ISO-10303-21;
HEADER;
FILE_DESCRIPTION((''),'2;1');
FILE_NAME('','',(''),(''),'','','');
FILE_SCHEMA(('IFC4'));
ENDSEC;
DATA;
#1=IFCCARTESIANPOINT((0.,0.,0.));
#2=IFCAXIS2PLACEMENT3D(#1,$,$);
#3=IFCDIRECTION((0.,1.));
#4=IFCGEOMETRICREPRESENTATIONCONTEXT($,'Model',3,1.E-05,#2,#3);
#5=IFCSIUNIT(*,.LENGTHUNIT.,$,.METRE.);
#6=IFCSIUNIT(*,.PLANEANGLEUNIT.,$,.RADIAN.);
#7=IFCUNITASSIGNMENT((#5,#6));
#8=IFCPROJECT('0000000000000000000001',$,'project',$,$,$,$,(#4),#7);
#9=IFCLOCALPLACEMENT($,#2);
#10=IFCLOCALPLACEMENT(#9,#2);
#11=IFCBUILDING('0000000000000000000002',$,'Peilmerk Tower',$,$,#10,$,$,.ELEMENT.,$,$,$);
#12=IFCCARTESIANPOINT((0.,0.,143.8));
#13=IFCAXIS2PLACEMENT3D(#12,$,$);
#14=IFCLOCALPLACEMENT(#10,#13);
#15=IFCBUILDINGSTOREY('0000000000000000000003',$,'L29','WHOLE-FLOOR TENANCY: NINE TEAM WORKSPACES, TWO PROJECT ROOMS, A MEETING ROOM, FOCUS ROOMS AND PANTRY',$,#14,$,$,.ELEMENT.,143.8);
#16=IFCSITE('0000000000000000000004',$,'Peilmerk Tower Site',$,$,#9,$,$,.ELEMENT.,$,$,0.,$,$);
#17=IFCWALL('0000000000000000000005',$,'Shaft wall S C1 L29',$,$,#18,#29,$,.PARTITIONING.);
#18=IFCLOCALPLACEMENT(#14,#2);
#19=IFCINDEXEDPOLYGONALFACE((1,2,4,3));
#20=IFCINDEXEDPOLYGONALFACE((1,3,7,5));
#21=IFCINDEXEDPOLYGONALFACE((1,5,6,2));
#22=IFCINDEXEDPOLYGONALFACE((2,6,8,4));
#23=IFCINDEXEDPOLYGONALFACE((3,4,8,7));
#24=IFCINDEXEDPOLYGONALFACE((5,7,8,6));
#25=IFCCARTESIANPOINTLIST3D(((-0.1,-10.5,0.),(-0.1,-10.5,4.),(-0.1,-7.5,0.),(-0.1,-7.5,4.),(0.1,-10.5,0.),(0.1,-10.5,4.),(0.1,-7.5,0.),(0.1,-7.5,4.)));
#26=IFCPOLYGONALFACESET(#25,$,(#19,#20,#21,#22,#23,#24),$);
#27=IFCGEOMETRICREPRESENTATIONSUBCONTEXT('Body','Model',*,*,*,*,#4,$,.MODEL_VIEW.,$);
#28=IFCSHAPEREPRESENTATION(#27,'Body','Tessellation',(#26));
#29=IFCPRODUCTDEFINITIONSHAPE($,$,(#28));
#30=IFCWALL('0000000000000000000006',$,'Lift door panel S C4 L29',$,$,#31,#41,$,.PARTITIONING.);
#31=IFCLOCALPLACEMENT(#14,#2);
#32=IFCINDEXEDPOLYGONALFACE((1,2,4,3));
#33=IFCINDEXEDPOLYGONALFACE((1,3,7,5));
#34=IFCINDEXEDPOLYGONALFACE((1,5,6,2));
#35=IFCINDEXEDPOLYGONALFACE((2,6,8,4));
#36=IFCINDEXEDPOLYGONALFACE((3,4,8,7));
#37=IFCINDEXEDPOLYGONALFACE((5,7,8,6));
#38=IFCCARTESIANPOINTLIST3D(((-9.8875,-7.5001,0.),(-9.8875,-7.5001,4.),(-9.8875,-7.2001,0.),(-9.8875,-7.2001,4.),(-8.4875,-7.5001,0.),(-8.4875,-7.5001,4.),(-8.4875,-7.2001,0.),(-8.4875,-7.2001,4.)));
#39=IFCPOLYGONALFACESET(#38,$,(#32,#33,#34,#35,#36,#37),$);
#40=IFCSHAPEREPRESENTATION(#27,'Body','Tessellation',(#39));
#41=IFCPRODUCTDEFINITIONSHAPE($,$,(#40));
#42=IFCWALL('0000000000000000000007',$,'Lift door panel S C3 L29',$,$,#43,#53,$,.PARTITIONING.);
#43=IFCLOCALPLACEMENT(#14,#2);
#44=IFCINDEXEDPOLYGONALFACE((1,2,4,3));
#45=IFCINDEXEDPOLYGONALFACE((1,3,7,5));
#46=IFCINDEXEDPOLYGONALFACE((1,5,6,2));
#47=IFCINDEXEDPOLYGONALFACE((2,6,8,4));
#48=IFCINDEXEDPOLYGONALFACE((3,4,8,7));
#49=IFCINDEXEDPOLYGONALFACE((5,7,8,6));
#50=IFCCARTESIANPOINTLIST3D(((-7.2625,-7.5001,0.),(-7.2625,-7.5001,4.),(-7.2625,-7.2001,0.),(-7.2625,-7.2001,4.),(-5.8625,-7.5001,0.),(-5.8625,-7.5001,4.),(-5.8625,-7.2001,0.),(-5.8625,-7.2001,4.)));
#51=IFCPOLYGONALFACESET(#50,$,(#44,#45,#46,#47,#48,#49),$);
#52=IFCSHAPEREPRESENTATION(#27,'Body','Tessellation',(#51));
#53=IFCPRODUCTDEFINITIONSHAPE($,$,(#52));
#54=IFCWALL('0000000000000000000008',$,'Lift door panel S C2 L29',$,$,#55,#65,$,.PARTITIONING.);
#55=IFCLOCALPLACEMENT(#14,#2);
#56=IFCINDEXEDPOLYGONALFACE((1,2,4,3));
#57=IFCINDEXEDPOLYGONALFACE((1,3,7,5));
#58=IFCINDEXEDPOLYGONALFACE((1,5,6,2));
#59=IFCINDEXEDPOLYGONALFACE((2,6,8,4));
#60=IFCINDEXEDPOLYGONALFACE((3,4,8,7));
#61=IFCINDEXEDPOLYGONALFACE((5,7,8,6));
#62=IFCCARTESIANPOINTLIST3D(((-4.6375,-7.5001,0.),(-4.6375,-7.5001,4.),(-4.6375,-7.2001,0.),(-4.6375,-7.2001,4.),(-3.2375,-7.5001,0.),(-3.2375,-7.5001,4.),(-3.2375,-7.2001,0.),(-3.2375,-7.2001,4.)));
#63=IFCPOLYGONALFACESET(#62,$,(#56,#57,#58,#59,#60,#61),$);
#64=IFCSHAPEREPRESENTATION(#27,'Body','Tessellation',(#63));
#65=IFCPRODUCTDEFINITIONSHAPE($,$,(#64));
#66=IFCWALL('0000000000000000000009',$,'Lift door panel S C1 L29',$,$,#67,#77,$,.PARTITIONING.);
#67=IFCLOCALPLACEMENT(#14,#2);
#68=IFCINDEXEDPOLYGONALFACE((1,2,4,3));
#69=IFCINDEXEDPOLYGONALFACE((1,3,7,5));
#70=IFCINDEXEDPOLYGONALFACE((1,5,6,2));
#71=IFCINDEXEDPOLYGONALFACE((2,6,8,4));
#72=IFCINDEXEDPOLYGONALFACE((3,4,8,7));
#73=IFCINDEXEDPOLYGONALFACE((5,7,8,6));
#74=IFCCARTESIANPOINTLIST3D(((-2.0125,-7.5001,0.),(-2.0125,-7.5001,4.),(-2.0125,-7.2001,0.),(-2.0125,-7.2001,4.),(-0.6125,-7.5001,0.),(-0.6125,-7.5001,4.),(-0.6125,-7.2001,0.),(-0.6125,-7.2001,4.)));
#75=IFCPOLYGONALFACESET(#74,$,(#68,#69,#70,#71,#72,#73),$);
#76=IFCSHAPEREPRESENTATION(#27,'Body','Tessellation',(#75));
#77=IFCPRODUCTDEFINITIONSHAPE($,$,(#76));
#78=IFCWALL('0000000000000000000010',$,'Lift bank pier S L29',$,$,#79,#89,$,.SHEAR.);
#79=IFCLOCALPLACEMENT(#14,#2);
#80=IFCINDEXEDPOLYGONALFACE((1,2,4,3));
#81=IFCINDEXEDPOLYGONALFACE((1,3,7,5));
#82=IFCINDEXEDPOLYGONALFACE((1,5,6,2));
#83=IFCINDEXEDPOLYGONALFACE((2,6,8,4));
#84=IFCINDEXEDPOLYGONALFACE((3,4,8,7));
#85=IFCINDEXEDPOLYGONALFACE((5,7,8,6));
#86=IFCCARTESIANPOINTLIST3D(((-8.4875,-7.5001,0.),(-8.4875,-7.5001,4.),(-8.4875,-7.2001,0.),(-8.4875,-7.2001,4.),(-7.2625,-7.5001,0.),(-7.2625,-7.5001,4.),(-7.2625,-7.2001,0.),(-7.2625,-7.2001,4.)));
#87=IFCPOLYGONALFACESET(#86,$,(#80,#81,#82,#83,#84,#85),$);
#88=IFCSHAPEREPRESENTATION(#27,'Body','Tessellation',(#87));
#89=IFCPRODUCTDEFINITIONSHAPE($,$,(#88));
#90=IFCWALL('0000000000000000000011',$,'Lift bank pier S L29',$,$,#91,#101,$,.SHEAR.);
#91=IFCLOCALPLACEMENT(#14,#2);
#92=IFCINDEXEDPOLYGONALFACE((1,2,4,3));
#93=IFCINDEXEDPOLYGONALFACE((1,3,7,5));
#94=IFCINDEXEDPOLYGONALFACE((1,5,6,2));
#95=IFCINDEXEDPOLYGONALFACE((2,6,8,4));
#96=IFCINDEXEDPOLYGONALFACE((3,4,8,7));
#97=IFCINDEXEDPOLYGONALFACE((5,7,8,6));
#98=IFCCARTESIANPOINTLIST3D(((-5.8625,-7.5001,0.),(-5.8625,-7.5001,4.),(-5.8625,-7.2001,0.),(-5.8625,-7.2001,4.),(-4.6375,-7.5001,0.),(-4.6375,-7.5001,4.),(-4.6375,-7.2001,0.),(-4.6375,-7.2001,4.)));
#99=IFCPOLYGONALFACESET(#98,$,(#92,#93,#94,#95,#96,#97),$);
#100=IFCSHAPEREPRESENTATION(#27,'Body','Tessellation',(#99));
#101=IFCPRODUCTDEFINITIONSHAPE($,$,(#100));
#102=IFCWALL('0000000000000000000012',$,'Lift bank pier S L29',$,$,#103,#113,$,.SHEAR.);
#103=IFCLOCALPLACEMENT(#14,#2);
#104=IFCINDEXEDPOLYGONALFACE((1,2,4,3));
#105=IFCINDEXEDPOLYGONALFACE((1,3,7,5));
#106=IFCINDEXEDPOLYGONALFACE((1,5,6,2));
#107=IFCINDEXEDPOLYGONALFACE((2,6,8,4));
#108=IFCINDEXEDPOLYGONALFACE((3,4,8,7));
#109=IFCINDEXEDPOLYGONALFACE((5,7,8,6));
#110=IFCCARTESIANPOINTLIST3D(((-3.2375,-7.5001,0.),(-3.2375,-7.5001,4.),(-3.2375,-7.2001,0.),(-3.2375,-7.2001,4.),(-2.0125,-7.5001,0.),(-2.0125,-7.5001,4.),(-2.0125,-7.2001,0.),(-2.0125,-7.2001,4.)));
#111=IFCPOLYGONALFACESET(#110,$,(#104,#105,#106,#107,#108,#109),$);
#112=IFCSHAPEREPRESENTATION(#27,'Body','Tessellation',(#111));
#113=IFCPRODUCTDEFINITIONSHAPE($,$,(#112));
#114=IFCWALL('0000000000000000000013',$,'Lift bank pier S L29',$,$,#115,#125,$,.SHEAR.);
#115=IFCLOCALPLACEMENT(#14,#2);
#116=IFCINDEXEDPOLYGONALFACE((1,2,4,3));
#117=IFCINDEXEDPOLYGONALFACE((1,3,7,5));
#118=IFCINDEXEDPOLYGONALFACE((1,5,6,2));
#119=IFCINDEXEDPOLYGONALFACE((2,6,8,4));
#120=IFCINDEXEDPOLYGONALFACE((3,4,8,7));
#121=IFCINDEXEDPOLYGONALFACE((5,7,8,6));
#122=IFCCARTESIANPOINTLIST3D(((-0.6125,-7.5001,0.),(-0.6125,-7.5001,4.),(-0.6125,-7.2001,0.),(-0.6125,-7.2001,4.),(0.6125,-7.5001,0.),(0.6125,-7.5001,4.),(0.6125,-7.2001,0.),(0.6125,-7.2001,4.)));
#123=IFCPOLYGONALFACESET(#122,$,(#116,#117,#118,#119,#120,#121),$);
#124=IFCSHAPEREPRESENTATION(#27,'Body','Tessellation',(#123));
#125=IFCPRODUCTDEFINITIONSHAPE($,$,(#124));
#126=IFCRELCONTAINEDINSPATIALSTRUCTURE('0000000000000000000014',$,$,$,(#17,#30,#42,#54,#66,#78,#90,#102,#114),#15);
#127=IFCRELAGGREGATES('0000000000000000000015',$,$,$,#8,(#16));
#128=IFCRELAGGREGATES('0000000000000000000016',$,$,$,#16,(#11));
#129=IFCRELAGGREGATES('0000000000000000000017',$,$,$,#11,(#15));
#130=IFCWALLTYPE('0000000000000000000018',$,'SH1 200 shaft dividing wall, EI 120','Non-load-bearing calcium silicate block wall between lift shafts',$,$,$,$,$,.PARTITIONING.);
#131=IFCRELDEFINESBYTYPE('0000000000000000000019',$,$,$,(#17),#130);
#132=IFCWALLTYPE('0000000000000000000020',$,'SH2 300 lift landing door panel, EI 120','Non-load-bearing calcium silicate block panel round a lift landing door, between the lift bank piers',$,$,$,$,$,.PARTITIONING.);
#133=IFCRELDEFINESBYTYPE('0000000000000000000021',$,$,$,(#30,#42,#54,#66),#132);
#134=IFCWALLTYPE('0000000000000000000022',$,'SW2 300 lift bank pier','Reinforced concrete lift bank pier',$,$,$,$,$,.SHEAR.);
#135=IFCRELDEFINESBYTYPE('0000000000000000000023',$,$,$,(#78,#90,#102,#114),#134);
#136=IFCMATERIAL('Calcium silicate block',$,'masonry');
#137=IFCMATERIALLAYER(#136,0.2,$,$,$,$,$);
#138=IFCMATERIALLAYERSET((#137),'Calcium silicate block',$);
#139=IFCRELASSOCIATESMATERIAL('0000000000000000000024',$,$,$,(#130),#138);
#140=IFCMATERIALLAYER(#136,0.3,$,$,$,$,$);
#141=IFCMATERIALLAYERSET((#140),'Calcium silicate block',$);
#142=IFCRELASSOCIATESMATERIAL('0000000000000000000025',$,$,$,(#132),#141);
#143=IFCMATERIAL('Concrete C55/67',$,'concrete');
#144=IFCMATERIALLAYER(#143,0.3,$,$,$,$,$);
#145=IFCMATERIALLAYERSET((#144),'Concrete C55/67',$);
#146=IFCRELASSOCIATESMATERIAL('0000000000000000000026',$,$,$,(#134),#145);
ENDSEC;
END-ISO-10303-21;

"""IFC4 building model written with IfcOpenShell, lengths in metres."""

from ifc_helpers import new_model, si_unit, direction, frame, frame_2d, origin, place, context, subcontext, project, spatial, rectangle, extrude, material, layer, layer_set, type_object, element, save


model = new_model("IFC4")

# Units and contexts
model_context = context("Model", 3, precision=1e-05, world=origin(), true_north=direction((0.0, 1.0)))
body_context = subcontext(model_context, "Body", "Model", "MODEL_VIEW")
ifc_project = project(units=[si_unit("LENGTHUNIT", "METRE"), si_unit("PLANEANGLEUNIT", "RADIAN")], contexts=[model_context])

# Site, building, storey
site_placement = place(None, origin())
site = spatial("IfcSite", under=ifc_project, at=site_placement, Name="Peilmerk Tower Site", CompositionType="ELEMENT", RefElevation=0.0)
building_placement = place(site_placement, origin())
building = spatial("IfcBuilding", under=site, at=building_placement, Name="Peilmerk Tower", CompositionType="ELEMENT")
storey_placement = place(building_placement, frame((0.0, 0.0, 143.8)))
storey = spatial("IfcBuildingStorey", under=building, at=storey_placement, Name="L29", Description="WHOLE-FLOOR TENANCY: NINE TEAM WORKSPACES, TWO PROJECT ROOMS, A MEETING ROOM, FOCUS ROOMS AND PANTRY", CompositionType="ELEMENT", Elevation=143.8)

# Walls
ifc_material_1 = material(Name="Calcium silicate block", Category="masonry")
ifc_layer_1 = layer(ifc_material_1, 0.2)
ifc_layer_set_1 = layer_set([ifc_layer_1], Name="Calcium silicate block")
wall_type_1 = type_object("IfcWallType", Name="SH1 200 shaft dividing wall, EI 120", Description="Non-load-bearing calcium silicate block wall between lift shafts", PredefinedType="PARTITIONING", material=ifc_layer_set_1)
for number, where, z_axis, x_axis, name in (
    (1, (0.0, -10.5, 0.0), (0.0, 0.0, 1.0), (0.0, 1.0, 0.0), "Shaft wall S C1 L29"),
):
    element("IfcWall", number, at=place(storey_placement, frame(where, z_axis=z_axis, x_axis=x_axis)), inside=storey, type_object=wall_type_1, Name=name, PredefinedType="PARTITIONING", context=body_context, shape_type="SweptSolid", body=[
        extrude(rectangle(XDim=3.0, YDim=0.2, at=frame_2d((1.5, 0.0))), origin(), (0.0, 0.0, 1.0), 4.0),
    ])
ifc_layer_2 = layer(ifc_material_1, 0.3)
ifc_layer_set_2 = layer_set([ifc_layer_2], Name="Calcium silicate block")
wall_type_2 = type_object("IfcWallType", Name="SH2 300 lift landing door panel, EI 120", Description="Non-load-bearing calcium silicate block panel round a lift landing door, between the lift bank piers", PredefinedType="PARTITIONING", material=ifc_layer_set_2)
for number, where, z_axis, x_axis, name in (
    (2, (-9.8875, -7.3501, 0.0), (0.0, 0.0, 1.0), (1.0, 0.0, 0.0), "Lift door panel S C4 L29"),
    (3, (-7.2625, -7.3501, 0.0), (0.0, 0.0, 1.0), (1.0, 0.0, 0.0), "Lift door panel S C3 L29"),
    (4, (-4.6375, -7.3501, 0.0), (0.0, 0.0, 1.0), (1.0, 0.0, 0.0), "Lift door panel S C2 L29"),
    (5, (-2.0125, -7.3501, 0.0), (0.0, 0.0, 1.0), (1.0, 0.0, 0.0), "Lift door panel S C1 L29"),
):
    element("IfcWall", number, at=place(storey_placement, frame(where, z_axis=z_axis, x_axis=x_axis)), inside=storey, type_object=wall_type_2, Name=name, PredefinedType="PARTITIONING", context=body_context, shape_type="SweptSolid", body=[
        extrude(rectangle(XDim=1.3999, YDim=0.3, at=frame_2d((0.7, 0.0))), origin(), (0.0, 0.0, 1.0), 4.0),
    ])
ifc_material_2 = material(Name="Concrete C55/67", Category="concrete")
ifc_layer_3 = layer(ifc_material_2, 0.3)
ifc_layer_set_3 = layer_set([ifc_layer_3], Name="Concrete C55/67")
wall_type_3 = type_object("IfcWallType", Name="SW2 300 lift bank pier", Description="Reinforced concrete lift bank pier", PredefinedType="SHEAR", material=ifc_layer_set_3)
for number, where, z_axis, x_axis, name in (
    (6, (-8.4875, -7.3501, 0.0), (0.0, 0.0, 1.0), (1.0, 0.0, 0.0), "Lift bank pier S L29"),
    (7, (-5.8625, -7.3501, 0.0), (0.0, 0.0, 1.0), (1.0, 0.0, 0.0), "Lift bank pier S L29"),
    (8, (-3.2375, -7.3501, 0.0), (0.0, 0.0, 1.0), (1.0, 0.0, 0.0), "Lift bank pier S L29"),
    (9, (-0.6125, -7.3501, 0.0), (0.0, 0.0, 1.0), (1.0, 0.0, 0.0), "Lift bank pier S L29"),
):
    element("IfcWall", number, at=place(storey_placement, frame(where, z_axis=z_axis, x_axis=x_axis)), inside=storey, type_object=wall_type_3, Name=name, PredefinedType="SHEAR", context=body_context, shape_type="SweptSolid", body=[
        extrude(rectangle(XDim=1.2251, YDim=0.3, at=frame_2d((0.6125, 0.0))), origin(), (0.0, 0.0, 1.0), 4.0),
    ])

save(model, "model.ifc")
